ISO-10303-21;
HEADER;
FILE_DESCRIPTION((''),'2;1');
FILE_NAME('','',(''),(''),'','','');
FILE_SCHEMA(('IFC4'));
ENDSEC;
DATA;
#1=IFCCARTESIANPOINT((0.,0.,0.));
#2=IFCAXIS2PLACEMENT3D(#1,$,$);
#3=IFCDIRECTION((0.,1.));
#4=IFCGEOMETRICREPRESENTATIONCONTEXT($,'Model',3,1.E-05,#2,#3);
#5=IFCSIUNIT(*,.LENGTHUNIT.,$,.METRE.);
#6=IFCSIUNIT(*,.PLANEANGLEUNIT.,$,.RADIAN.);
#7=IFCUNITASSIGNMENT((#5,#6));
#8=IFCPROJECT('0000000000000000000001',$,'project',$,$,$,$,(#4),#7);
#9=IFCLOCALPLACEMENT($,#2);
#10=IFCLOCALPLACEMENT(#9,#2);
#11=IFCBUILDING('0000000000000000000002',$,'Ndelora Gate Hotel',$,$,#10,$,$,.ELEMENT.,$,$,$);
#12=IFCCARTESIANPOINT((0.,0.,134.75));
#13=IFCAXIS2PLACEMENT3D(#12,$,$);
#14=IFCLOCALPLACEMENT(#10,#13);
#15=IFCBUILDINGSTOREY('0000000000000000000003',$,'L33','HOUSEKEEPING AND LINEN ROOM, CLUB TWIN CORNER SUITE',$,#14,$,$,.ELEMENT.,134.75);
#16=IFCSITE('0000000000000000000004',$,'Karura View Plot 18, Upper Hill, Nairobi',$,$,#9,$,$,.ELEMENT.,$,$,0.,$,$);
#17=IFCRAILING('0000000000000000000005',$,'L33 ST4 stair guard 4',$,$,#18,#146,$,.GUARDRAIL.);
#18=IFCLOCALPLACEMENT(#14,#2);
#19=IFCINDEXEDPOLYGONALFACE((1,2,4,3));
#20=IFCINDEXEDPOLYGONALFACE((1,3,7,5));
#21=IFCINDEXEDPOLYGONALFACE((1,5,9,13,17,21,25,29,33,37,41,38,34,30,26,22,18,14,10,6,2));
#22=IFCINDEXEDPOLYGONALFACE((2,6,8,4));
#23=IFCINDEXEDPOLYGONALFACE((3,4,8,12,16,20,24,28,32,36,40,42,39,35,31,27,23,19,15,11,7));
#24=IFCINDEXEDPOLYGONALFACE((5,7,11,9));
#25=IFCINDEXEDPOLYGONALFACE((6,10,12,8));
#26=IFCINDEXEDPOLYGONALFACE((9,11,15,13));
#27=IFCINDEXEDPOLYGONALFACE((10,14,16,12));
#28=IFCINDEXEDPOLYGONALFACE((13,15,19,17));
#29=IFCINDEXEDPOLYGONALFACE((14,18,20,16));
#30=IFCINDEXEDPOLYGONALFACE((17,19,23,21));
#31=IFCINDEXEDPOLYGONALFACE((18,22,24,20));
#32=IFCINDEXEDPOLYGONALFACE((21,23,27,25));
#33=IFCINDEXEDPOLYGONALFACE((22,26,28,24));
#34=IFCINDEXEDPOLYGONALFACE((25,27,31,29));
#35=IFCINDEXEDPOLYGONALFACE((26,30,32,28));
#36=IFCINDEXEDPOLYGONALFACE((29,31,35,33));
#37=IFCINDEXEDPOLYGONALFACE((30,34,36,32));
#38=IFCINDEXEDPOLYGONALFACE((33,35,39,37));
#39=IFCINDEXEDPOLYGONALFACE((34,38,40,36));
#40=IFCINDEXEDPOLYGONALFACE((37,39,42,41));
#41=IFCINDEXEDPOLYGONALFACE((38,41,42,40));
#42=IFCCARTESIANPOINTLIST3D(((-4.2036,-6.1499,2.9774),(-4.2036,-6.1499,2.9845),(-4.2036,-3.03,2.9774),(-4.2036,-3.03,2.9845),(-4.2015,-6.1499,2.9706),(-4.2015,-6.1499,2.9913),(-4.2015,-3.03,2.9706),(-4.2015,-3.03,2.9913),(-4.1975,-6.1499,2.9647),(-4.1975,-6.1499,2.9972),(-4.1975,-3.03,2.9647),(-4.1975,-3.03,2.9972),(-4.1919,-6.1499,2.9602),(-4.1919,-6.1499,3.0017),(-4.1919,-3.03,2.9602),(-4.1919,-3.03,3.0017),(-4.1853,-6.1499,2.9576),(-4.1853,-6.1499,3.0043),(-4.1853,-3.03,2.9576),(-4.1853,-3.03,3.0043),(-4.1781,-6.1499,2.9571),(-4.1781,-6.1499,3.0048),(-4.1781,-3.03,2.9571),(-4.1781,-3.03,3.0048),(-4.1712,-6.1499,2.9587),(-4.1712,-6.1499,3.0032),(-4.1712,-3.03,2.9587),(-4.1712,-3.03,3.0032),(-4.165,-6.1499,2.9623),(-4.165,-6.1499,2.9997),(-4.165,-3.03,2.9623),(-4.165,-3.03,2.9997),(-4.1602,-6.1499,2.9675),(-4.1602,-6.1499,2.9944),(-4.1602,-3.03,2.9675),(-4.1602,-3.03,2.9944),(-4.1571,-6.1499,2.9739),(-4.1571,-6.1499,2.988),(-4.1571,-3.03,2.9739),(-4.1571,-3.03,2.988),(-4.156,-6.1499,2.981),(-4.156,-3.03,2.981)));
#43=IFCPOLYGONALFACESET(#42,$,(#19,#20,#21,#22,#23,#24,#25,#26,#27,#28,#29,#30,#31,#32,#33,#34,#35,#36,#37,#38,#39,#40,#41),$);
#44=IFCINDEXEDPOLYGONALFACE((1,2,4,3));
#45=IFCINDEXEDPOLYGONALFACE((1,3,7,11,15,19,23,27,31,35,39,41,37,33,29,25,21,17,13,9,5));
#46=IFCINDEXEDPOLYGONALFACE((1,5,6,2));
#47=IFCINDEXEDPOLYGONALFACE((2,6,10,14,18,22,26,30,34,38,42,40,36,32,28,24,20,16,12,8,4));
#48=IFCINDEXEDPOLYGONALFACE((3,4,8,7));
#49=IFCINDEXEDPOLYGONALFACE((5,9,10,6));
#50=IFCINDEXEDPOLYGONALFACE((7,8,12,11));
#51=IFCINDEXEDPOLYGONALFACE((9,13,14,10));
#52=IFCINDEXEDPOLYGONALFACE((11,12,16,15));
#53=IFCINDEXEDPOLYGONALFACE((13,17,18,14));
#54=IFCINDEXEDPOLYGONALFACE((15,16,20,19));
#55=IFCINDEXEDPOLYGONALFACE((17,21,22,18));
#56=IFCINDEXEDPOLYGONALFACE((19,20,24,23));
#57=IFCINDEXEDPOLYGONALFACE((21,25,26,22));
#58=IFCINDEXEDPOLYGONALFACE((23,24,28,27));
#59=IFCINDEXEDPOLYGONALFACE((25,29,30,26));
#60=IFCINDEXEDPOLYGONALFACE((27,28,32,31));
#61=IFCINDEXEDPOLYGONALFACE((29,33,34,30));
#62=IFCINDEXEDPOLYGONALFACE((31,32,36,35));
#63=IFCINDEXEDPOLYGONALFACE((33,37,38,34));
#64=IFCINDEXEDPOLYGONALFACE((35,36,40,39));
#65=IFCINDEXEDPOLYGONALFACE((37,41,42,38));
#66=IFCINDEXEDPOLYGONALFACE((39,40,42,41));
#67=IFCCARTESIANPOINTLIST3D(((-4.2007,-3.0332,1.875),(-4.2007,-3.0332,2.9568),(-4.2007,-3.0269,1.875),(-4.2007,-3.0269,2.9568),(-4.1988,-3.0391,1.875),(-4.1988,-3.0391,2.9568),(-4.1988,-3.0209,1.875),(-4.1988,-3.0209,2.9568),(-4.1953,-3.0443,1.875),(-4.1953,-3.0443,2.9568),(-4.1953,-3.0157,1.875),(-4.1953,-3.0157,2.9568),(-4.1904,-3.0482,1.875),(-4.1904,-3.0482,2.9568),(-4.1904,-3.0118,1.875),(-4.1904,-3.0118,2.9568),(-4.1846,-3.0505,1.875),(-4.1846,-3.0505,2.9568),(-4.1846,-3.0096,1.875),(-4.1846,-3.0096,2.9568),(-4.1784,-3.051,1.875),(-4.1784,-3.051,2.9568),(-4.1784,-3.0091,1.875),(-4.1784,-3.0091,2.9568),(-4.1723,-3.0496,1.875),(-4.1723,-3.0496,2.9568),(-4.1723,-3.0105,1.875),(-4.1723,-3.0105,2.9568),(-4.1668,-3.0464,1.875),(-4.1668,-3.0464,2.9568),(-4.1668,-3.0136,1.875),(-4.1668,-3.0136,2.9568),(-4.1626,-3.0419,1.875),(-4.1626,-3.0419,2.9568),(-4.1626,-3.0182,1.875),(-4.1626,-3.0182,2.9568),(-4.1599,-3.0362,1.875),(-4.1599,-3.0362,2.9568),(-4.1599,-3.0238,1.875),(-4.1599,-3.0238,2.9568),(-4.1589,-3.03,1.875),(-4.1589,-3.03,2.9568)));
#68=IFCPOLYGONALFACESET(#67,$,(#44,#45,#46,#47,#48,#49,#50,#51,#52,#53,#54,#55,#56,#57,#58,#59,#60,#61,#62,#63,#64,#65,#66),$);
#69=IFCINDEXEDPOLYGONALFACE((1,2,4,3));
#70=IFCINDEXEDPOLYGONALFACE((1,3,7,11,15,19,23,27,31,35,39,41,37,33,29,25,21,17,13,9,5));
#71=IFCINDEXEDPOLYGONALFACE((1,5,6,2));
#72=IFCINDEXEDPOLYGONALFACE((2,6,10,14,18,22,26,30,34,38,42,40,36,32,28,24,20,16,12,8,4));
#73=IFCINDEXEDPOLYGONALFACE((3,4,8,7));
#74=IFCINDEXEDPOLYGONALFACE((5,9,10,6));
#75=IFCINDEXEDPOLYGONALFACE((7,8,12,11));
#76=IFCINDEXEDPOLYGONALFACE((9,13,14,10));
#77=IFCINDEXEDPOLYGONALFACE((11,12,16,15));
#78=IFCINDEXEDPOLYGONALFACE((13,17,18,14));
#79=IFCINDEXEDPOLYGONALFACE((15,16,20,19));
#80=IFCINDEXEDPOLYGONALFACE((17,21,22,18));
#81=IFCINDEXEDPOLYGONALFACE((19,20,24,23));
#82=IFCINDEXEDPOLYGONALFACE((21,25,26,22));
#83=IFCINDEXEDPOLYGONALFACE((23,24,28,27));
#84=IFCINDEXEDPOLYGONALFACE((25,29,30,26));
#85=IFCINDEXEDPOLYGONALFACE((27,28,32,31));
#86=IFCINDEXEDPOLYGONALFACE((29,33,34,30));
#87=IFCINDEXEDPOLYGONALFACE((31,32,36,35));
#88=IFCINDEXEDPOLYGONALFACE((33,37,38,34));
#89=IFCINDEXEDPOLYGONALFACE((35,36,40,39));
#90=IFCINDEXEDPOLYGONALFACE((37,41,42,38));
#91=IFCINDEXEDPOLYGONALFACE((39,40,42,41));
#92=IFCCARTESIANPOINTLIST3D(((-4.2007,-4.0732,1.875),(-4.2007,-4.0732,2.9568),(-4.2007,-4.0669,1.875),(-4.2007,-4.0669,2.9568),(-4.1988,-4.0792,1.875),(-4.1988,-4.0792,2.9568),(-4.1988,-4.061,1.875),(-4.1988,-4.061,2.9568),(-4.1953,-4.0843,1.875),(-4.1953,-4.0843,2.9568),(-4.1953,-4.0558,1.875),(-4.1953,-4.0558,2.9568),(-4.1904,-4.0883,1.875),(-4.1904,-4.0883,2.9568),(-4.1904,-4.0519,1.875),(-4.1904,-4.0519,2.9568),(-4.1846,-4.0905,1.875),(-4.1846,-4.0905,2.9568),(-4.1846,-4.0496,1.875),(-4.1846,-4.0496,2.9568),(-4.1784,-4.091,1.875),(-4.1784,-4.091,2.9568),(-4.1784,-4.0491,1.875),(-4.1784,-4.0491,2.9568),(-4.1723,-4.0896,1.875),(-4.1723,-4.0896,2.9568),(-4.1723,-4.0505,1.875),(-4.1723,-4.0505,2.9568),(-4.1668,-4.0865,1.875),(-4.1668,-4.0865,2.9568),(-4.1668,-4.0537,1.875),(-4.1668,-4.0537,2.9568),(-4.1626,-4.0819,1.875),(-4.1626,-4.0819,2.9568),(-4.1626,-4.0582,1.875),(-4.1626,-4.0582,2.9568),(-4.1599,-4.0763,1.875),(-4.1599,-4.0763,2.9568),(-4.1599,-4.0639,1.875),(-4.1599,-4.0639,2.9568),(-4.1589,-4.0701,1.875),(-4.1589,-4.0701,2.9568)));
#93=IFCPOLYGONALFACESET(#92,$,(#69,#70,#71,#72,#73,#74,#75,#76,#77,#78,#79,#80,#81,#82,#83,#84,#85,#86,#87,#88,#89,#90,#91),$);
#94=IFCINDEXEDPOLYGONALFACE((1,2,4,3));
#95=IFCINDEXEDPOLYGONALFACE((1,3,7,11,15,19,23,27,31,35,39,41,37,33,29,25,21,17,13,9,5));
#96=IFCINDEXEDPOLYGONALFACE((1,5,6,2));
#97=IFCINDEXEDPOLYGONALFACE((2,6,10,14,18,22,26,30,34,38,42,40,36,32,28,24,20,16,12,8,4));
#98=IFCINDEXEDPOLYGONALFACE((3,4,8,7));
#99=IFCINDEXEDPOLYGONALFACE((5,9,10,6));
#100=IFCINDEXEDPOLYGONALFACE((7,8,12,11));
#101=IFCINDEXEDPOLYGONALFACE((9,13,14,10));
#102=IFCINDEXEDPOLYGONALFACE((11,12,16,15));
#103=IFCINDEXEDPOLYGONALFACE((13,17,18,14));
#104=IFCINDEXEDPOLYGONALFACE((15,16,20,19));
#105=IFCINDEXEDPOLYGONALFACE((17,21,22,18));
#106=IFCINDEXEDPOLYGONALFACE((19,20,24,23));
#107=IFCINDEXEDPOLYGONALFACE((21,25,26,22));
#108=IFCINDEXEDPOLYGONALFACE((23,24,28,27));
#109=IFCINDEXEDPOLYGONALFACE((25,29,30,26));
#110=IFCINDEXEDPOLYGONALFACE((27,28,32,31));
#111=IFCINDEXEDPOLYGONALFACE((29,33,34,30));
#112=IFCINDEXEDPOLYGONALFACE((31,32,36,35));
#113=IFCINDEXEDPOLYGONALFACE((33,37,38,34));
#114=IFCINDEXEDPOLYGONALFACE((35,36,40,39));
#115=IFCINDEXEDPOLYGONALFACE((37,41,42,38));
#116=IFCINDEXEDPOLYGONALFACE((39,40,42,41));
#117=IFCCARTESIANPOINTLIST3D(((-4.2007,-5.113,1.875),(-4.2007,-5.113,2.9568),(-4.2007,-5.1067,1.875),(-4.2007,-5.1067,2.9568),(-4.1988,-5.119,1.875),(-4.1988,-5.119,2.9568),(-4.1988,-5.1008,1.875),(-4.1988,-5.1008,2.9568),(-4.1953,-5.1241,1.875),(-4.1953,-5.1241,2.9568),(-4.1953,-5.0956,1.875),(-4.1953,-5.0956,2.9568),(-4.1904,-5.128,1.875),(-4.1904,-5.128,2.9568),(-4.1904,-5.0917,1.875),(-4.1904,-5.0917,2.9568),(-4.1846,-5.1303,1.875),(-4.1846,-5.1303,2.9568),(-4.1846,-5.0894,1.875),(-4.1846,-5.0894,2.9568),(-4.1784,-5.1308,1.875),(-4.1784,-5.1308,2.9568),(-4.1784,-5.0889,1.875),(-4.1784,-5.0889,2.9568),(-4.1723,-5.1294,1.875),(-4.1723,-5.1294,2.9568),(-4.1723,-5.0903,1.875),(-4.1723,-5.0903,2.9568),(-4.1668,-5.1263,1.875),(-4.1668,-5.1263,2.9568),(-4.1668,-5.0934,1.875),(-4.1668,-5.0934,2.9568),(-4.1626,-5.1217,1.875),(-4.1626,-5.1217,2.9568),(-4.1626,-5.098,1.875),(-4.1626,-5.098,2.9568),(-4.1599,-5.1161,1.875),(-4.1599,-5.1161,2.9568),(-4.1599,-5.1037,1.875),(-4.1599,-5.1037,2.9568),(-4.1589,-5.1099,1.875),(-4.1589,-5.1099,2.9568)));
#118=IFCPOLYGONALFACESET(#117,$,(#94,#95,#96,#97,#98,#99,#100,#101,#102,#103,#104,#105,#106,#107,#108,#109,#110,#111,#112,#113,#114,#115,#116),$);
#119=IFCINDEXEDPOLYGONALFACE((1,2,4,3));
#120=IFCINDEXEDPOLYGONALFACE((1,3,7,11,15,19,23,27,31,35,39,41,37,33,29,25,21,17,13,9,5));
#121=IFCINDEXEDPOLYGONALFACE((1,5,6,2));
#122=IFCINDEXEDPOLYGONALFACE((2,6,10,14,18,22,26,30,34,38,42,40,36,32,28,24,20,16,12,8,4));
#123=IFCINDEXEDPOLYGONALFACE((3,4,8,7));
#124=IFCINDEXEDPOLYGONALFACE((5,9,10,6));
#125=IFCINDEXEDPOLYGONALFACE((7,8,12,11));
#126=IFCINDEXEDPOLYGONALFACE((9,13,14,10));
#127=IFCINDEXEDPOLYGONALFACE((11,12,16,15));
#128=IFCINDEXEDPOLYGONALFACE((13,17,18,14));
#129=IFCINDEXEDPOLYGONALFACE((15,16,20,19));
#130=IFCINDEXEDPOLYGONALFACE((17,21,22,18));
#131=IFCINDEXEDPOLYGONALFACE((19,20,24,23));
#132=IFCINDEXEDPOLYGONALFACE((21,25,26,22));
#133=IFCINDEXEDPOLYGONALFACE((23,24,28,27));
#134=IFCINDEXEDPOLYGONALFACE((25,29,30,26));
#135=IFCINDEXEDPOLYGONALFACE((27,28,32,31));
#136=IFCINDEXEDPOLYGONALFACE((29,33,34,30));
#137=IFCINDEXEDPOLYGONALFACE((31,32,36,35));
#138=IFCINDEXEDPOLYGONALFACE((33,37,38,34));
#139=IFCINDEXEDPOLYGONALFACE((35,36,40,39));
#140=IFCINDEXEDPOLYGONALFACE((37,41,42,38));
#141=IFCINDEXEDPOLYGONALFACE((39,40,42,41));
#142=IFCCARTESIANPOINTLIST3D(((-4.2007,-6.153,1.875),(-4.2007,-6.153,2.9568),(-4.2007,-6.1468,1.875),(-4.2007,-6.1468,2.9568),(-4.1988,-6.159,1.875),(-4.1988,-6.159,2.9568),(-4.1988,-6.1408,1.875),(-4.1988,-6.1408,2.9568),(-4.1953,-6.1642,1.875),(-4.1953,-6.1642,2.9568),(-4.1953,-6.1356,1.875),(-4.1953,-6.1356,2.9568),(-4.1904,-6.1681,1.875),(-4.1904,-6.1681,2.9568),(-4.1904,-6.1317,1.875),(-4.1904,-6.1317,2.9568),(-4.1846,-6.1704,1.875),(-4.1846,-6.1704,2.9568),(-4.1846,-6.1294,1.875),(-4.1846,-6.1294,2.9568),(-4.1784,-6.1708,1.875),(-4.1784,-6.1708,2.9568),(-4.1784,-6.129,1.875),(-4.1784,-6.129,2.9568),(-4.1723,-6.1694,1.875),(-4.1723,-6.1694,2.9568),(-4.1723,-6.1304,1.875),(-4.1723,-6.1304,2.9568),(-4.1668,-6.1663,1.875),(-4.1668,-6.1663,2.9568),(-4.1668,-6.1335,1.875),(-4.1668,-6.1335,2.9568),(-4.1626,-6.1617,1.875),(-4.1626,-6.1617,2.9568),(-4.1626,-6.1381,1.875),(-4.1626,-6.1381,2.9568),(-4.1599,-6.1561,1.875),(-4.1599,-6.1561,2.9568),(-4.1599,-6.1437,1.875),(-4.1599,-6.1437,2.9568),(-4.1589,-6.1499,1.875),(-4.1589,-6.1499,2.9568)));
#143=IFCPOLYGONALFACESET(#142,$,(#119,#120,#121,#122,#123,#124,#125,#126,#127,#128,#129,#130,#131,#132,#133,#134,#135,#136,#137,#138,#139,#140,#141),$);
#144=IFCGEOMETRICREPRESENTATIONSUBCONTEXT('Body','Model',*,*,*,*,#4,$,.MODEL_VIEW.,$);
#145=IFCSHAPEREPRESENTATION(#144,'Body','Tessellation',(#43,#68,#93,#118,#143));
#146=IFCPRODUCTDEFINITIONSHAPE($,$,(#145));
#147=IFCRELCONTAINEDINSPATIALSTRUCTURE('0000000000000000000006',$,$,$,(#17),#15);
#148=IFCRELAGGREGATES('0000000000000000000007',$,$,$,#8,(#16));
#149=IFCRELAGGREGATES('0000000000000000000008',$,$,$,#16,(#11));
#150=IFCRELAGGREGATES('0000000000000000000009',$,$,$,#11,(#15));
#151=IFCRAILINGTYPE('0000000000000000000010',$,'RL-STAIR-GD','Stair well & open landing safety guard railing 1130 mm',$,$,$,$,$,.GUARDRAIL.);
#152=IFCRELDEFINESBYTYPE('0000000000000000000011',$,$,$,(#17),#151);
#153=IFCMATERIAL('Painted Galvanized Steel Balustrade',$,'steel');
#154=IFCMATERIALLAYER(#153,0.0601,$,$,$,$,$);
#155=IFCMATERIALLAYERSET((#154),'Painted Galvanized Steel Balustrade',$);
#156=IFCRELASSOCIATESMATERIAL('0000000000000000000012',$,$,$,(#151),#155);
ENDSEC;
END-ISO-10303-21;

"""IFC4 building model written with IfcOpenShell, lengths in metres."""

from ifc_helpers import new_model, si_unit, direction, frame, origin, origin_2d, place, context, subcontext, project, spatial, circle, extrude, material, layer, layer_set, type_object, element, save


model = new_model("IFC4")

# Units and contexts
model_context = context("Model", 3, precision=1e-05, world=origin(), true_north=direction((0.0, 1.0)))
body_context = subcontext(model_context, "Body", "Model", "MODEL_VIEW")
ifc_project = project(units=[si_unit("LENGTHUNIT", "METRE"), si_unit("PLANEANGLEUNIT", "RADIAN")], contexts=[model_context])

# Site, building, storey
site_placement = place(None, origin())
site = spatial("IfcSite", under=ifc_project, at=site_placement, Name="Karura View Plot 18, Upper Hill, Nairobi", CompositionType="ELEMENT", RefElevation=0.0)
building_placement = place(site_placement, origin())
building = spatial("IfcBuilding", under=site, at=building_placement, Name="Ndelora Gate Hotel", CompositionType="ELEMENT")
storey_placement = place(building_placement, frame((0.0, 0.0, 134.75)))
storey = spatial("IfcBuildingStorey", under=building, at=storey_placement, Name="L33", Description="HOUSEKEEPING AND LINEN ROOM, CLUB TWIN CORNER SUITE", CompositionType="ELEMENT", Elevation=134.75)

# Railing
ifc_material_1 = material(Name="Painted Galvanized Steel Balustrade", Category="steel")
ifc_layer_1 = layer(ifc_material_1, 0.0601)
ifc_layer_set_1 = layer_set([ifc_layer_1], Name="Painted Galvanized Steel Balustrade")
railing_type_1 = type_object("IfcRailingType", Name="RL-STAIR-GD", Description="Stair well & open landing safety guard railing 1130 mm", PredefinedType="GUARDRAIL", material=ifc_layer_set_1)
for number, where, name in (
    (1, (-4.1799, -3.03, 1.875), "L33 ST4 stair guard 4"),
):
    element("IfcRailing", number, at=place(storey_placement, frame(where)), inside=storey, type_object=railing_type_1, Name=name, PredefinedType="GUARDRAIL", context=body_context, shape_type="SweptSolid", body=[
        extrude(circle(Radius=0.0239, at=origin_2d()), frame((0.0, 0.0, 1.106), z_axis=(0.0, -1.0, 0.0), x_axis=(1.0, 0.0, 0.0)), (0.0, 0.0, 1.0), 3.1199),
        extrude(circle(Radius=0.021, at=origin_2d()), origin(), (0.0, 0.0, 1.0), 1.0818),
        extrude(circle(Radius=0.021, at=origin_2d()), frame((0.0, -1.04, 0.0)), (0.0, 0.0, 1.0), 1.0818),
        extrude(circle(Radius=0.021, at=origin_2d()), frame((0.0, -2.0798, 0.0)), (0.0, 0.0, 1.0), 1.0818),
        extrude(circle(Radius=0.021, at=origin_2d()), frame((0.0, -3.1199, 0.0)), (0.0, 0.0, 1.0), 1.0818),
    ])

save(model, "model.ifc")
